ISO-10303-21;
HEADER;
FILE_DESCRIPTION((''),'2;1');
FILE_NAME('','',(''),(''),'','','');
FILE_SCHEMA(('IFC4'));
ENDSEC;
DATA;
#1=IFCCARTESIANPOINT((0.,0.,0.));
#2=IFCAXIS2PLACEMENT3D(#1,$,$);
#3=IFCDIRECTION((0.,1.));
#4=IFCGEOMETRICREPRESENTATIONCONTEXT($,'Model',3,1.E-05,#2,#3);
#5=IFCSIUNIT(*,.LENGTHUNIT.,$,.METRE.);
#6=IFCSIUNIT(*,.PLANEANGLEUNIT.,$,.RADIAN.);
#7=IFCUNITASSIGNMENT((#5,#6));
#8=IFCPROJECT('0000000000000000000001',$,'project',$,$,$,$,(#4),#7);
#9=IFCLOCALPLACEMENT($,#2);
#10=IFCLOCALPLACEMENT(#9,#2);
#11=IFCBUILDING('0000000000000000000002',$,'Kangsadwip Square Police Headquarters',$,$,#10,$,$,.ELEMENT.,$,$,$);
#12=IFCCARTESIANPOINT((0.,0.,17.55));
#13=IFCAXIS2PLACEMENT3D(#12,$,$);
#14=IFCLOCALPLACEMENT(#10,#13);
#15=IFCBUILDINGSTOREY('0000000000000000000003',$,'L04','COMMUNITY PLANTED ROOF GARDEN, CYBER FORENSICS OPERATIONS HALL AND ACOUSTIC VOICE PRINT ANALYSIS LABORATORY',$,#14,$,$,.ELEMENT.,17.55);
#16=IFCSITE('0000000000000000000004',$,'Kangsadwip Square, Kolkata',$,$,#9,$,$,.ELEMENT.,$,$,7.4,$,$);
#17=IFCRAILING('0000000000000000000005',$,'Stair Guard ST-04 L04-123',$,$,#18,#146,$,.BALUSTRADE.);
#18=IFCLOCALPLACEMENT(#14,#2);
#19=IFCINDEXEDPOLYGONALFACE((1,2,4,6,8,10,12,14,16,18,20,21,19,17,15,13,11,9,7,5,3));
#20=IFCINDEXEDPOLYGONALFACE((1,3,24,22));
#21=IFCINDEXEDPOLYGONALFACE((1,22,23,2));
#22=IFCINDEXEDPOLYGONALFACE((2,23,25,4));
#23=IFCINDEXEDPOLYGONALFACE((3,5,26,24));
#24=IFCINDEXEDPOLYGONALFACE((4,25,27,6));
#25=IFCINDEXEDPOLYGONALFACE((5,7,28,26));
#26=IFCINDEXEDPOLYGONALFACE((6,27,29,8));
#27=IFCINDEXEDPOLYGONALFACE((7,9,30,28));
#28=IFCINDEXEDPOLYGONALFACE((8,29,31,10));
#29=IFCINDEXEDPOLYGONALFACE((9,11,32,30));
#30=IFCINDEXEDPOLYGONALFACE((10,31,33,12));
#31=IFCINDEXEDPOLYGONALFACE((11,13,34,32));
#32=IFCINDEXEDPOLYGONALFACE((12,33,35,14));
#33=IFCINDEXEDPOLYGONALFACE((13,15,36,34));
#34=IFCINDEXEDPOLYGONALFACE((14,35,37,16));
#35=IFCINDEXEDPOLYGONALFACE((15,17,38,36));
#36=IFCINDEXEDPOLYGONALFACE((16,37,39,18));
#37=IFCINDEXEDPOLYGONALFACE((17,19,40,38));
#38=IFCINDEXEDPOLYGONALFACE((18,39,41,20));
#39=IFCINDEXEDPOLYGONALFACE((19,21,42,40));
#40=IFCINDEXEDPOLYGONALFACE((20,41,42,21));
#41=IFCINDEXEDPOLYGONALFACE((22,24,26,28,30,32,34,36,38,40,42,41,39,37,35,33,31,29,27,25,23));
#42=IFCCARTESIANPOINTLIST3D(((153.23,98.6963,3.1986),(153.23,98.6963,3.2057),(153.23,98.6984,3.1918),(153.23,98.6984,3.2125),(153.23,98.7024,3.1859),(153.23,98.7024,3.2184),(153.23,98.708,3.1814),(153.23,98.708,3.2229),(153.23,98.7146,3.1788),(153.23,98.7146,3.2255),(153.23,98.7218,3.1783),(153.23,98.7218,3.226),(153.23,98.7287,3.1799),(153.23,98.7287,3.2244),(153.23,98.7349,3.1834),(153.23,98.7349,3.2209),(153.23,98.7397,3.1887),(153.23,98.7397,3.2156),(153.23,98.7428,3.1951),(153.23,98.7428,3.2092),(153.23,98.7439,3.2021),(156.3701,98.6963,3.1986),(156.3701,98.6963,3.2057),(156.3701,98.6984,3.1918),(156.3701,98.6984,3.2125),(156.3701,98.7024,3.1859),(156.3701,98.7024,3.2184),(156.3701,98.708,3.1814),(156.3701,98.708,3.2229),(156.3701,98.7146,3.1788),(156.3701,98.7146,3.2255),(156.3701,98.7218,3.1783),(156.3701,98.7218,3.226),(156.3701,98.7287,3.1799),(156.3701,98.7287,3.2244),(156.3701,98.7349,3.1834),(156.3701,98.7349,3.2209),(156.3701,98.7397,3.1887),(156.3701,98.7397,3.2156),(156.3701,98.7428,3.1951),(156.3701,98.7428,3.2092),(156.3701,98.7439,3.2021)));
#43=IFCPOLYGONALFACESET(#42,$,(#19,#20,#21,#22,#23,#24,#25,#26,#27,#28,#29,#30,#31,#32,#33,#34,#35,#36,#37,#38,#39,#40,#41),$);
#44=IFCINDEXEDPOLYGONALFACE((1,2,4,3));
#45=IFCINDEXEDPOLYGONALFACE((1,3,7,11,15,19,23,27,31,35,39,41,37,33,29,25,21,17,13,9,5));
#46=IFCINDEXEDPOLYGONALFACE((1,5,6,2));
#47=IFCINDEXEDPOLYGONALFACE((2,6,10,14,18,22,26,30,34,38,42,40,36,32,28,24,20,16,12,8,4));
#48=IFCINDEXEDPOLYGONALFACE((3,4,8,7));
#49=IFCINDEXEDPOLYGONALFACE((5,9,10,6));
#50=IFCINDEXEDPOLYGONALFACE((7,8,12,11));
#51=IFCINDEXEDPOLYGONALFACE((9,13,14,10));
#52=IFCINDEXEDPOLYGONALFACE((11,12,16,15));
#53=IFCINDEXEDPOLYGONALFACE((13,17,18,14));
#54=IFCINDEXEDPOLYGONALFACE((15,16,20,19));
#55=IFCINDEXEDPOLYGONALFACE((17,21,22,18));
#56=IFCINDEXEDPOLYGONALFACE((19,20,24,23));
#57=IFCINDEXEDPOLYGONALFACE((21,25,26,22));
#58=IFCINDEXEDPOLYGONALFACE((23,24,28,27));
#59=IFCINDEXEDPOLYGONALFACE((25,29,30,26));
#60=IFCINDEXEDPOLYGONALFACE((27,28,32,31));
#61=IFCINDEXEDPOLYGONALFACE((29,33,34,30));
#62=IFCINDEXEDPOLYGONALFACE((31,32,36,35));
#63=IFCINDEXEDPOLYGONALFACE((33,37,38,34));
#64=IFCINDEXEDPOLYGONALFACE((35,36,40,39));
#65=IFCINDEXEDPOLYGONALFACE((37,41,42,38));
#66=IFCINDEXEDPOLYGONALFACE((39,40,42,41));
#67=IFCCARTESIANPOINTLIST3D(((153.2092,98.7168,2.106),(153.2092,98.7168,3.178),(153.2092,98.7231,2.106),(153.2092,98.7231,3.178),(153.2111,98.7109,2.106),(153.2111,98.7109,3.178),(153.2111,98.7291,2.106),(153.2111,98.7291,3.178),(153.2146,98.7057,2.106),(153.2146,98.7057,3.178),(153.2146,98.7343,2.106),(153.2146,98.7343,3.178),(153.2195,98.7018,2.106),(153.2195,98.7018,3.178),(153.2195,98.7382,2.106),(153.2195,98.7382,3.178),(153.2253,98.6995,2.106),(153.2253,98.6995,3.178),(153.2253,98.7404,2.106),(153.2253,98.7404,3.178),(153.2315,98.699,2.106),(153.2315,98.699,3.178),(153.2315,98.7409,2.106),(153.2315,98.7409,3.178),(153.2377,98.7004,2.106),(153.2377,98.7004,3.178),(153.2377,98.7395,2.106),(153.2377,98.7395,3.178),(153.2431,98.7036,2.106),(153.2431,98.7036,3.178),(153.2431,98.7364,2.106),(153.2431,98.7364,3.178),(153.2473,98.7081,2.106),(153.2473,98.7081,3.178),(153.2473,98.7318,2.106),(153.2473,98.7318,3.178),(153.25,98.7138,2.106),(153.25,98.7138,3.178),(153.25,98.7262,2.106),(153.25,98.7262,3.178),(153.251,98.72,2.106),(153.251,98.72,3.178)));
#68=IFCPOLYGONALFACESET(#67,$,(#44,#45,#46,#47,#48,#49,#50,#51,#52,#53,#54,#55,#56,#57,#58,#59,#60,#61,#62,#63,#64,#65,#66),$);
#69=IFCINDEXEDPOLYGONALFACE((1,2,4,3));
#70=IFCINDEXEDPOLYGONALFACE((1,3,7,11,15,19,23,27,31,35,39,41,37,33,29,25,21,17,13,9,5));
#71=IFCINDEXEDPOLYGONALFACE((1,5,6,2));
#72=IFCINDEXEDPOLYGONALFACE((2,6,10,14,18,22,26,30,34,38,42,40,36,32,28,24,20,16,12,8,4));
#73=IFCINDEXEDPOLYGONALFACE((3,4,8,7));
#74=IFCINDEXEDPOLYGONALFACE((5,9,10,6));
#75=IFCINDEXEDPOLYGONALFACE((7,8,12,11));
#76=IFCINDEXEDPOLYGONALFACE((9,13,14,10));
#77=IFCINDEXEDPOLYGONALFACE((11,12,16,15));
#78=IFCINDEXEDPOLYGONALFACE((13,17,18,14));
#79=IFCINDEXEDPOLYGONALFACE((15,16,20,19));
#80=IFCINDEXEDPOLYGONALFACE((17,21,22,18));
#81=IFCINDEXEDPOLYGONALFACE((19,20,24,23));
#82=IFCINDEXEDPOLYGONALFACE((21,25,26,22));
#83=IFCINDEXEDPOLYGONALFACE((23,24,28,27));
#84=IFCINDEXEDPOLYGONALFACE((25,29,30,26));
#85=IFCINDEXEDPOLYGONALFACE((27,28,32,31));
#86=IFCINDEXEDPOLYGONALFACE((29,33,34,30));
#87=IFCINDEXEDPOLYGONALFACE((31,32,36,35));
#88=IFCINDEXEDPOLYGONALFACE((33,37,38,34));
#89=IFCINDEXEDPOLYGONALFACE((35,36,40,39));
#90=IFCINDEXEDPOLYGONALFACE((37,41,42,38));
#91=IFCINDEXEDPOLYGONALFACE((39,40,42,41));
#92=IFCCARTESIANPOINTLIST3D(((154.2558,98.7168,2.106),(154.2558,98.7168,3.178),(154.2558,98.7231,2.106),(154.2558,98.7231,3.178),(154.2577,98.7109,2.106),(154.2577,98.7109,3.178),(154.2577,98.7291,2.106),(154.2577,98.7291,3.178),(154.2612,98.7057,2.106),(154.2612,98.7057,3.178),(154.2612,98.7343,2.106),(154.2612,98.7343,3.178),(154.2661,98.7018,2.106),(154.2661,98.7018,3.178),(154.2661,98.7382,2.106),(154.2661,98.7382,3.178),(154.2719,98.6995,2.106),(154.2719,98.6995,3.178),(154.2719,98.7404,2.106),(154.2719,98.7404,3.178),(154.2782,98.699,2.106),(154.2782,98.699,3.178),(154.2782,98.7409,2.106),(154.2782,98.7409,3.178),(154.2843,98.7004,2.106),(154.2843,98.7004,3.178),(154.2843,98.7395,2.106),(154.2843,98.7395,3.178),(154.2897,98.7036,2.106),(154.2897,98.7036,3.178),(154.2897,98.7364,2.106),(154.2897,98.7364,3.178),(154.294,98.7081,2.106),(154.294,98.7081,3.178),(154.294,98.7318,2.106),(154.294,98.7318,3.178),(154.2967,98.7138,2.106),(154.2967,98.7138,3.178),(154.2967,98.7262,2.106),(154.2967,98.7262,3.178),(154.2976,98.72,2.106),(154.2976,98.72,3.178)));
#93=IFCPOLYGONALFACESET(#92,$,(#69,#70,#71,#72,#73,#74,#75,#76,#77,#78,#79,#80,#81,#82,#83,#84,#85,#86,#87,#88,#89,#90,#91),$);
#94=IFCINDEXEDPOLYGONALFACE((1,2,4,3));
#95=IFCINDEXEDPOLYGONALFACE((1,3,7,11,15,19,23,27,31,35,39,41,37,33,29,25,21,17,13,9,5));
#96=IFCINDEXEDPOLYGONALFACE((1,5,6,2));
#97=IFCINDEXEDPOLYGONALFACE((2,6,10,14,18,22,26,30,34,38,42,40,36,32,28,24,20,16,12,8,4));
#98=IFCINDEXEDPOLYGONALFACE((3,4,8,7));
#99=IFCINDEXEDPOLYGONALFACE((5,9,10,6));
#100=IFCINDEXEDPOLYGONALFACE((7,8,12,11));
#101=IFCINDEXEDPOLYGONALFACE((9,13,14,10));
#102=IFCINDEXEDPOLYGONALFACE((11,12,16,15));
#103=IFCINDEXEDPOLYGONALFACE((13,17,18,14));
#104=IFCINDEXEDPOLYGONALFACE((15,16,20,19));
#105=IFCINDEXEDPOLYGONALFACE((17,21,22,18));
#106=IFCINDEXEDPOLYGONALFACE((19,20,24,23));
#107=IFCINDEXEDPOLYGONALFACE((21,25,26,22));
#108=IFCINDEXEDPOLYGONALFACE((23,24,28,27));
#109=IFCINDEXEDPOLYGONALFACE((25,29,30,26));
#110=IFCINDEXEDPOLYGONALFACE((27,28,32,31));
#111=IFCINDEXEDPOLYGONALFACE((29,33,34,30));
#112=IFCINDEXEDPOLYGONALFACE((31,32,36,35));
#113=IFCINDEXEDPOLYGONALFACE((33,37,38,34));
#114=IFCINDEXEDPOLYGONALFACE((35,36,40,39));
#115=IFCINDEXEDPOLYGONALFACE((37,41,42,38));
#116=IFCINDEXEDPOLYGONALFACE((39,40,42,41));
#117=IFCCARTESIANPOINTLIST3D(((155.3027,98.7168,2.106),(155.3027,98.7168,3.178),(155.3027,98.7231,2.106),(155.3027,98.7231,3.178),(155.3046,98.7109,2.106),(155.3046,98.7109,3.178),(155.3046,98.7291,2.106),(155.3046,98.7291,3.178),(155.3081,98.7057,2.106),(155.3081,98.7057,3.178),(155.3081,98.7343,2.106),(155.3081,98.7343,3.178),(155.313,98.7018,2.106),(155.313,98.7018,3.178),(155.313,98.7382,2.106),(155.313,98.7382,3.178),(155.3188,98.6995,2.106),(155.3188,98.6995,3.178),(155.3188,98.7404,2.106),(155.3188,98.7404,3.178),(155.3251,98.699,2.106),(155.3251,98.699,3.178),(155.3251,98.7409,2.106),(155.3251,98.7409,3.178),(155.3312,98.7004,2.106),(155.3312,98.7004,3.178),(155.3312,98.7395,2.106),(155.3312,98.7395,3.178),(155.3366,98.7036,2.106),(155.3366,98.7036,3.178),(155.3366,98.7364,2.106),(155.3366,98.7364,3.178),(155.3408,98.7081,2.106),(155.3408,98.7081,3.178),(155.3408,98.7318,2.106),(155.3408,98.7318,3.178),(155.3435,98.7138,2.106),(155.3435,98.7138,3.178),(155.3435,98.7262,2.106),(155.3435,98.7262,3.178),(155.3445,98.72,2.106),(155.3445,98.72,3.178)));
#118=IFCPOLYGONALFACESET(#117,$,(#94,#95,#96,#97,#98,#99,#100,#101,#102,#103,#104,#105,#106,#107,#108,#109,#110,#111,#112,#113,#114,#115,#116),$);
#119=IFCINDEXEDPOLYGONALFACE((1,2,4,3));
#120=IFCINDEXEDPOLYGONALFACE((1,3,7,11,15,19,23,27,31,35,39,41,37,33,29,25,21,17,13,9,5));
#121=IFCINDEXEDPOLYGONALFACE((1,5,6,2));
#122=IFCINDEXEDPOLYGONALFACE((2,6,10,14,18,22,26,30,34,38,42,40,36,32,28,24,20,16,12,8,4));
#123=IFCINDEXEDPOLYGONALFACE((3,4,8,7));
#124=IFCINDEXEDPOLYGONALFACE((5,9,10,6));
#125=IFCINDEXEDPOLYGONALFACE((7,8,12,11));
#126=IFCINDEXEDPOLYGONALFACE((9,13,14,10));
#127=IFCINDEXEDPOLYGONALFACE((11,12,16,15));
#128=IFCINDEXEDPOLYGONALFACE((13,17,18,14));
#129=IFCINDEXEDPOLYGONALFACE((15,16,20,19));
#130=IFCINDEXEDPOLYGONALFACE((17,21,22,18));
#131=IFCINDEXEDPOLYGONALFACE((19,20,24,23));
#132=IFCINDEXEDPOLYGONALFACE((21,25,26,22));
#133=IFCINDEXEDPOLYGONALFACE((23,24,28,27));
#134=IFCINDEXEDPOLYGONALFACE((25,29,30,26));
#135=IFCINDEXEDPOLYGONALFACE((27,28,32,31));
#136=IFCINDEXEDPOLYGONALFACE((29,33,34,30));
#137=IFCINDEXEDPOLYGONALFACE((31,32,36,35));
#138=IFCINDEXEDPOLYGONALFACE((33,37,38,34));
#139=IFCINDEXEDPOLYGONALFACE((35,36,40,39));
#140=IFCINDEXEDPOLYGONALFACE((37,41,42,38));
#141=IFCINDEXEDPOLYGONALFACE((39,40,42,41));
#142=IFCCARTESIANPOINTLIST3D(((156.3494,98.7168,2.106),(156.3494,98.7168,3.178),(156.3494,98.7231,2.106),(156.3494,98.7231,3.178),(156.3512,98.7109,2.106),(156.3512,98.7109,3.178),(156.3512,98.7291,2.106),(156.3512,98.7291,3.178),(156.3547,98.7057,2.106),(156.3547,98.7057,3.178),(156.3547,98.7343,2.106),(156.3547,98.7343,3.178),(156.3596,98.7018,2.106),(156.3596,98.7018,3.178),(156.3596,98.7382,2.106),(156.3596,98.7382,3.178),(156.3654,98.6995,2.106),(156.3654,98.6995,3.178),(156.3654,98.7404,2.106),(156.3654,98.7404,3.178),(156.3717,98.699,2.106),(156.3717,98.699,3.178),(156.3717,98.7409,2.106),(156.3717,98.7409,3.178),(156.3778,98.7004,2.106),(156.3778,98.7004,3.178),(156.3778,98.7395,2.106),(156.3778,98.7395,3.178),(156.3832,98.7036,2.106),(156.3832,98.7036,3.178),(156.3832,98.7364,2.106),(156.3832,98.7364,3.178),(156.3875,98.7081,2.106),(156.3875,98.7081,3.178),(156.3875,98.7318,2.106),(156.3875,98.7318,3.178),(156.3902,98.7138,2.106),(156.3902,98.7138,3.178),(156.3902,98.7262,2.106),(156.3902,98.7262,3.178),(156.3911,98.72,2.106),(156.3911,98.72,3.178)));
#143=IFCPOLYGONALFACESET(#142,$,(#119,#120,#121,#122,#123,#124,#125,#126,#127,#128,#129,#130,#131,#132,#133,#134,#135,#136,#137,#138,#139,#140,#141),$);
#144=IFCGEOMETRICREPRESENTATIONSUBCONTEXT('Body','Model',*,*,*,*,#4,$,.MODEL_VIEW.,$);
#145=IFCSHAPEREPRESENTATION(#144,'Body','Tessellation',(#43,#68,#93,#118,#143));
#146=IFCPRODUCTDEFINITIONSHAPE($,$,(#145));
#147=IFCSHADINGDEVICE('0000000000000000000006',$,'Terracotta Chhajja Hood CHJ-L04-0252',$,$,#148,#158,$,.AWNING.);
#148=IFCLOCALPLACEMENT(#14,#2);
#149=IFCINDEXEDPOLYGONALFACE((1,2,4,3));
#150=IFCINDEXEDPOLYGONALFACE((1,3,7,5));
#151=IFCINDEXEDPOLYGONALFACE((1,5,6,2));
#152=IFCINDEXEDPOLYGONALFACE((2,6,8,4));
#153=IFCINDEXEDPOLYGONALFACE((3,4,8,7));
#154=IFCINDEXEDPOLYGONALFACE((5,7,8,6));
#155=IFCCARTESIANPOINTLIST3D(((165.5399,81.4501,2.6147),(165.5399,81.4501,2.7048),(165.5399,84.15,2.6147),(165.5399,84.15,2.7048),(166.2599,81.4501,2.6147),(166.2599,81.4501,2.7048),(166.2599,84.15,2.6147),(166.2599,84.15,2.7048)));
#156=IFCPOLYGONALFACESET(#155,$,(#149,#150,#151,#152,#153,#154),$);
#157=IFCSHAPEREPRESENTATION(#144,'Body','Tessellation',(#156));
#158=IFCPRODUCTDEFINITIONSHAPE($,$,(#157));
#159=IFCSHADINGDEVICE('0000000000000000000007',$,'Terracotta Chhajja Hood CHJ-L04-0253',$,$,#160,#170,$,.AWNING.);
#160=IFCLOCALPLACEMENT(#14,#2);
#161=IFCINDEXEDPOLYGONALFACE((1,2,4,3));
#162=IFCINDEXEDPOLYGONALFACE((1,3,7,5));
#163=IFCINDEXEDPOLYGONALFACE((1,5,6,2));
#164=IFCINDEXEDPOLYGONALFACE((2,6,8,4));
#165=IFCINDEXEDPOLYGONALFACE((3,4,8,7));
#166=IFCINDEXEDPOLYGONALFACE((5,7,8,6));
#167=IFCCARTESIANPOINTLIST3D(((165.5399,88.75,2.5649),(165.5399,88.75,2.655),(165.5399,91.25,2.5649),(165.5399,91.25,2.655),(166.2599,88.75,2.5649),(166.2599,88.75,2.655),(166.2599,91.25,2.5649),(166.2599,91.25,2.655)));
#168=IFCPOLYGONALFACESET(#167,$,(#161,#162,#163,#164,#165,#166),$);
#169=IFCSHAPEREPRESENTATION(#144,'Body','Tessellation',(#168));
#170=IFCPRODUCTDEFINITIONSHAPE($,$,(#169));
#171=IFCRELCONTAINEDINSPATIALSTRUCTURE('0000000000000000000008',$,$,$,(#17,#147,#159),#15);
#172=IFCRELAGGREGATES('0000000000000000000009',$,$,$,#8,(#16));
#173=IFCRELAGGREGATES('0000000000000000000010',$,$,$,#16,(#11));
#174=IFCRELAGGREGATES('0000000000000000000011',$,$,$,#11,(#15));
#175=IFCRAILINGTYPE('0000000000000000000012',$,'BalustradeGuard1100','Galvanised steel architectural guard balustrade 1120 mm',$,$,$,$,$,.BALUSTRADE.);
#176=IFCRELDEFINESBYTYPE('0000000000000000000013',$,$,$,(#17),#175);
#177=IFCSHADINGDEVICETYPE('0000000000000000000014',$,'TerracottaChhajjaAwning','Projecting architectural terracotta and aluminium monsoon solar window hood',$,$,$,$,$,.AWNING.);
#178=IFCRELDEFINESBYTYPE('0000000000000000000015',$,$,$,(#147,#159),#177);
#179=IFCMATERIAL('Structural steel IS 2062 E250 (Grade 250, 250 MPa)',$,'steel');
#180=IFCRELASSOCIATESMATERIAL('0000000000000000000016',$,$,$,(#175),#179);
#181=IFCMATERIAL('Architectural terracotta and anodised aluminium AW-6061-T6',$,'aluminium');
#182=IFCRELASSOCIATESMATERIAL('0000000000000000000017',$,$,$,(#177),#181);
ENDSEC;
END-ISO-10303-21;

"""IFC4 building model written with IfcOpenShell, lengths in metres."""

from ifc_helpers import new_model, si_unit, direction, frame, origin, origin_2d, place, context, subcontext, project, spatial, rectangle, circle, extrude, material, type_object, element, save


model = new_model("IFC4")

# Units and contexts
model_context = context("Model", 3, precision=1e-05, world=origin(), true_north=direction((0.0, 1.0)))
body_context = subcontext(model_context, "Body", "Model", "MODEL_VIEW")
ifc_project = project(units=[si_unit("LENGTHUNIT", "METRE"), si_unit("PLANEANGLEUNIT", "RADIAN")], contexts=[model_context])

# Site, building, storey
site_placement = place(None, origin())
site = spatial("IfcSite", under=ifc_project, at=site_placement, Name="Kangsadwip Square, Kolkata", CompositionType="ELEMENT", RefElevation=7.4)
building_placement = place(site_placement, origin())
building = spatial("IfcBuilding", under=site, at=building_placement, Name="Kangsadwip Square Police Headquarters", CompositionType="ELEMENT")
storey_placement = place(building_placement, frame((0.0, 0.0, 17.55)))
storey = spatial("IfcBuildingStorey", under=building, at=storey_placement, Name="L04", Description="COMMUNITY PLANTED ROOF GARDEN, CYBER FORENSICS OPERATIONS HALL AND ACOUSTIC VOICE PRINT ANALYSIS LABORATORY", CompositionType="ELEMENT", Elevation=17.55)

# Railing
ifc_material_1 = material(Name="Structural steel IS 2062 E250 (Grade 250, 250 MPa)", Category="steel")
railing_type = type_object("IfcRailingType", Name="BalustradeGuard1100", Description="Galvanised steel architectural guard balustrade 1120 mm", PredefinedType="BALUSTRADE", material=ifc_material_1)
for number, where, name in (
    (1, (153.23, 98.72, 2.106), "Stair Guard ST-04 L04-123"),
):
    element("IfcRailing", number, at=place(storey_placement, frame(where)), inside=storey, type_object=railing_type, Name=name, PredefinedType="BALUSTRADE", context=body_context, shape_type="SweptSolid", body=[
        extrude(circle(Radius=0.0239, at=origin_2d()), frame((0.0, 0.0, 1.0962), z_axis=(1.0, 0.0, 0.0), x_axis=(0.0, 1.0, 0.0)), (0.0, 0.0, 1.0), 3.1401),
        extrude(circle(Radius=0.021, at=origin_2d()), origin(), (0.0, 0.0, 1.0), 1.072),
        extrude(circle(Radius=0.021, at=origin_2d()), frame((1.0466, 0.0, 0.0)), (0.0, 0.0, 1.0), 1.072),
        extrude(circle(Radius=0.021, at=origin_2d()), frame((2.0935, 0.0, 0.0)), (0.0, 0.0, 1.0), 1.072),
        extrude(circle(Radius=0.021, at=origin_2d()), frame((3.1401, 0.0, 0.0)), (0.0, 0.0, 1.0), 1.072),
    ])

# Shading devices
ifc_material_2 = material(Name="Architectural terracotta and anodised aluminium AW-6061-T6", Category="aluminium")
shading_device_type = type_object("IfcShadingDeviceType", Name="TerracottaChhajjaAwning", Description="Projecting architectural terracotta and aluminium monsoon solar window hood", PredefinedType="AWNING", material=ifc_material_2)
shading_device_1_placement = place(storey_placement, frame((165.8999, 82.8, 2.6147), z_axis=(0.0, 0.0, 1.0), x_axis=(0.0, 1.0, 0.0)))
element("IfcShadingDevice", 2, at=shading_device_1_placement, inside=storey, type_object=shading_device_type, Name="Terracotta Chhajja Hood CHJ-L04-0252", PredefinedType="AWNING", context=body_context, shape_type="SweptSolid", body=[
    extrude(rectangle(XDim=2.7, YDim=0.72, at=origin_2d()), origin(), (0.0, 0.0, 1.0), 0.0901),
])
shading_device_2_placement = place(storey_placement, frame((165.8999, 90.0, 2.5649), z_axis=(0.0, 0.0, 1.0), x_axis=(0.0, 1.0, 0.0)))
element("IfcShadingDevice", 3, at=shading_device_2_placement, inside=storey, type_object=shading_device_type, Name="Terracotta Chhajja Hood CHJ-L04-0253", PredefinedType="AWNING", context=body_context, shape_type="SweptSolid", body=[
    extrude(rectangle(XDim=2.5, YDim=0.72, at=origin_2d()), origin(), (0.0, 0.0, 1.0), 0.0901),
])

save(model, "model.ifc")
